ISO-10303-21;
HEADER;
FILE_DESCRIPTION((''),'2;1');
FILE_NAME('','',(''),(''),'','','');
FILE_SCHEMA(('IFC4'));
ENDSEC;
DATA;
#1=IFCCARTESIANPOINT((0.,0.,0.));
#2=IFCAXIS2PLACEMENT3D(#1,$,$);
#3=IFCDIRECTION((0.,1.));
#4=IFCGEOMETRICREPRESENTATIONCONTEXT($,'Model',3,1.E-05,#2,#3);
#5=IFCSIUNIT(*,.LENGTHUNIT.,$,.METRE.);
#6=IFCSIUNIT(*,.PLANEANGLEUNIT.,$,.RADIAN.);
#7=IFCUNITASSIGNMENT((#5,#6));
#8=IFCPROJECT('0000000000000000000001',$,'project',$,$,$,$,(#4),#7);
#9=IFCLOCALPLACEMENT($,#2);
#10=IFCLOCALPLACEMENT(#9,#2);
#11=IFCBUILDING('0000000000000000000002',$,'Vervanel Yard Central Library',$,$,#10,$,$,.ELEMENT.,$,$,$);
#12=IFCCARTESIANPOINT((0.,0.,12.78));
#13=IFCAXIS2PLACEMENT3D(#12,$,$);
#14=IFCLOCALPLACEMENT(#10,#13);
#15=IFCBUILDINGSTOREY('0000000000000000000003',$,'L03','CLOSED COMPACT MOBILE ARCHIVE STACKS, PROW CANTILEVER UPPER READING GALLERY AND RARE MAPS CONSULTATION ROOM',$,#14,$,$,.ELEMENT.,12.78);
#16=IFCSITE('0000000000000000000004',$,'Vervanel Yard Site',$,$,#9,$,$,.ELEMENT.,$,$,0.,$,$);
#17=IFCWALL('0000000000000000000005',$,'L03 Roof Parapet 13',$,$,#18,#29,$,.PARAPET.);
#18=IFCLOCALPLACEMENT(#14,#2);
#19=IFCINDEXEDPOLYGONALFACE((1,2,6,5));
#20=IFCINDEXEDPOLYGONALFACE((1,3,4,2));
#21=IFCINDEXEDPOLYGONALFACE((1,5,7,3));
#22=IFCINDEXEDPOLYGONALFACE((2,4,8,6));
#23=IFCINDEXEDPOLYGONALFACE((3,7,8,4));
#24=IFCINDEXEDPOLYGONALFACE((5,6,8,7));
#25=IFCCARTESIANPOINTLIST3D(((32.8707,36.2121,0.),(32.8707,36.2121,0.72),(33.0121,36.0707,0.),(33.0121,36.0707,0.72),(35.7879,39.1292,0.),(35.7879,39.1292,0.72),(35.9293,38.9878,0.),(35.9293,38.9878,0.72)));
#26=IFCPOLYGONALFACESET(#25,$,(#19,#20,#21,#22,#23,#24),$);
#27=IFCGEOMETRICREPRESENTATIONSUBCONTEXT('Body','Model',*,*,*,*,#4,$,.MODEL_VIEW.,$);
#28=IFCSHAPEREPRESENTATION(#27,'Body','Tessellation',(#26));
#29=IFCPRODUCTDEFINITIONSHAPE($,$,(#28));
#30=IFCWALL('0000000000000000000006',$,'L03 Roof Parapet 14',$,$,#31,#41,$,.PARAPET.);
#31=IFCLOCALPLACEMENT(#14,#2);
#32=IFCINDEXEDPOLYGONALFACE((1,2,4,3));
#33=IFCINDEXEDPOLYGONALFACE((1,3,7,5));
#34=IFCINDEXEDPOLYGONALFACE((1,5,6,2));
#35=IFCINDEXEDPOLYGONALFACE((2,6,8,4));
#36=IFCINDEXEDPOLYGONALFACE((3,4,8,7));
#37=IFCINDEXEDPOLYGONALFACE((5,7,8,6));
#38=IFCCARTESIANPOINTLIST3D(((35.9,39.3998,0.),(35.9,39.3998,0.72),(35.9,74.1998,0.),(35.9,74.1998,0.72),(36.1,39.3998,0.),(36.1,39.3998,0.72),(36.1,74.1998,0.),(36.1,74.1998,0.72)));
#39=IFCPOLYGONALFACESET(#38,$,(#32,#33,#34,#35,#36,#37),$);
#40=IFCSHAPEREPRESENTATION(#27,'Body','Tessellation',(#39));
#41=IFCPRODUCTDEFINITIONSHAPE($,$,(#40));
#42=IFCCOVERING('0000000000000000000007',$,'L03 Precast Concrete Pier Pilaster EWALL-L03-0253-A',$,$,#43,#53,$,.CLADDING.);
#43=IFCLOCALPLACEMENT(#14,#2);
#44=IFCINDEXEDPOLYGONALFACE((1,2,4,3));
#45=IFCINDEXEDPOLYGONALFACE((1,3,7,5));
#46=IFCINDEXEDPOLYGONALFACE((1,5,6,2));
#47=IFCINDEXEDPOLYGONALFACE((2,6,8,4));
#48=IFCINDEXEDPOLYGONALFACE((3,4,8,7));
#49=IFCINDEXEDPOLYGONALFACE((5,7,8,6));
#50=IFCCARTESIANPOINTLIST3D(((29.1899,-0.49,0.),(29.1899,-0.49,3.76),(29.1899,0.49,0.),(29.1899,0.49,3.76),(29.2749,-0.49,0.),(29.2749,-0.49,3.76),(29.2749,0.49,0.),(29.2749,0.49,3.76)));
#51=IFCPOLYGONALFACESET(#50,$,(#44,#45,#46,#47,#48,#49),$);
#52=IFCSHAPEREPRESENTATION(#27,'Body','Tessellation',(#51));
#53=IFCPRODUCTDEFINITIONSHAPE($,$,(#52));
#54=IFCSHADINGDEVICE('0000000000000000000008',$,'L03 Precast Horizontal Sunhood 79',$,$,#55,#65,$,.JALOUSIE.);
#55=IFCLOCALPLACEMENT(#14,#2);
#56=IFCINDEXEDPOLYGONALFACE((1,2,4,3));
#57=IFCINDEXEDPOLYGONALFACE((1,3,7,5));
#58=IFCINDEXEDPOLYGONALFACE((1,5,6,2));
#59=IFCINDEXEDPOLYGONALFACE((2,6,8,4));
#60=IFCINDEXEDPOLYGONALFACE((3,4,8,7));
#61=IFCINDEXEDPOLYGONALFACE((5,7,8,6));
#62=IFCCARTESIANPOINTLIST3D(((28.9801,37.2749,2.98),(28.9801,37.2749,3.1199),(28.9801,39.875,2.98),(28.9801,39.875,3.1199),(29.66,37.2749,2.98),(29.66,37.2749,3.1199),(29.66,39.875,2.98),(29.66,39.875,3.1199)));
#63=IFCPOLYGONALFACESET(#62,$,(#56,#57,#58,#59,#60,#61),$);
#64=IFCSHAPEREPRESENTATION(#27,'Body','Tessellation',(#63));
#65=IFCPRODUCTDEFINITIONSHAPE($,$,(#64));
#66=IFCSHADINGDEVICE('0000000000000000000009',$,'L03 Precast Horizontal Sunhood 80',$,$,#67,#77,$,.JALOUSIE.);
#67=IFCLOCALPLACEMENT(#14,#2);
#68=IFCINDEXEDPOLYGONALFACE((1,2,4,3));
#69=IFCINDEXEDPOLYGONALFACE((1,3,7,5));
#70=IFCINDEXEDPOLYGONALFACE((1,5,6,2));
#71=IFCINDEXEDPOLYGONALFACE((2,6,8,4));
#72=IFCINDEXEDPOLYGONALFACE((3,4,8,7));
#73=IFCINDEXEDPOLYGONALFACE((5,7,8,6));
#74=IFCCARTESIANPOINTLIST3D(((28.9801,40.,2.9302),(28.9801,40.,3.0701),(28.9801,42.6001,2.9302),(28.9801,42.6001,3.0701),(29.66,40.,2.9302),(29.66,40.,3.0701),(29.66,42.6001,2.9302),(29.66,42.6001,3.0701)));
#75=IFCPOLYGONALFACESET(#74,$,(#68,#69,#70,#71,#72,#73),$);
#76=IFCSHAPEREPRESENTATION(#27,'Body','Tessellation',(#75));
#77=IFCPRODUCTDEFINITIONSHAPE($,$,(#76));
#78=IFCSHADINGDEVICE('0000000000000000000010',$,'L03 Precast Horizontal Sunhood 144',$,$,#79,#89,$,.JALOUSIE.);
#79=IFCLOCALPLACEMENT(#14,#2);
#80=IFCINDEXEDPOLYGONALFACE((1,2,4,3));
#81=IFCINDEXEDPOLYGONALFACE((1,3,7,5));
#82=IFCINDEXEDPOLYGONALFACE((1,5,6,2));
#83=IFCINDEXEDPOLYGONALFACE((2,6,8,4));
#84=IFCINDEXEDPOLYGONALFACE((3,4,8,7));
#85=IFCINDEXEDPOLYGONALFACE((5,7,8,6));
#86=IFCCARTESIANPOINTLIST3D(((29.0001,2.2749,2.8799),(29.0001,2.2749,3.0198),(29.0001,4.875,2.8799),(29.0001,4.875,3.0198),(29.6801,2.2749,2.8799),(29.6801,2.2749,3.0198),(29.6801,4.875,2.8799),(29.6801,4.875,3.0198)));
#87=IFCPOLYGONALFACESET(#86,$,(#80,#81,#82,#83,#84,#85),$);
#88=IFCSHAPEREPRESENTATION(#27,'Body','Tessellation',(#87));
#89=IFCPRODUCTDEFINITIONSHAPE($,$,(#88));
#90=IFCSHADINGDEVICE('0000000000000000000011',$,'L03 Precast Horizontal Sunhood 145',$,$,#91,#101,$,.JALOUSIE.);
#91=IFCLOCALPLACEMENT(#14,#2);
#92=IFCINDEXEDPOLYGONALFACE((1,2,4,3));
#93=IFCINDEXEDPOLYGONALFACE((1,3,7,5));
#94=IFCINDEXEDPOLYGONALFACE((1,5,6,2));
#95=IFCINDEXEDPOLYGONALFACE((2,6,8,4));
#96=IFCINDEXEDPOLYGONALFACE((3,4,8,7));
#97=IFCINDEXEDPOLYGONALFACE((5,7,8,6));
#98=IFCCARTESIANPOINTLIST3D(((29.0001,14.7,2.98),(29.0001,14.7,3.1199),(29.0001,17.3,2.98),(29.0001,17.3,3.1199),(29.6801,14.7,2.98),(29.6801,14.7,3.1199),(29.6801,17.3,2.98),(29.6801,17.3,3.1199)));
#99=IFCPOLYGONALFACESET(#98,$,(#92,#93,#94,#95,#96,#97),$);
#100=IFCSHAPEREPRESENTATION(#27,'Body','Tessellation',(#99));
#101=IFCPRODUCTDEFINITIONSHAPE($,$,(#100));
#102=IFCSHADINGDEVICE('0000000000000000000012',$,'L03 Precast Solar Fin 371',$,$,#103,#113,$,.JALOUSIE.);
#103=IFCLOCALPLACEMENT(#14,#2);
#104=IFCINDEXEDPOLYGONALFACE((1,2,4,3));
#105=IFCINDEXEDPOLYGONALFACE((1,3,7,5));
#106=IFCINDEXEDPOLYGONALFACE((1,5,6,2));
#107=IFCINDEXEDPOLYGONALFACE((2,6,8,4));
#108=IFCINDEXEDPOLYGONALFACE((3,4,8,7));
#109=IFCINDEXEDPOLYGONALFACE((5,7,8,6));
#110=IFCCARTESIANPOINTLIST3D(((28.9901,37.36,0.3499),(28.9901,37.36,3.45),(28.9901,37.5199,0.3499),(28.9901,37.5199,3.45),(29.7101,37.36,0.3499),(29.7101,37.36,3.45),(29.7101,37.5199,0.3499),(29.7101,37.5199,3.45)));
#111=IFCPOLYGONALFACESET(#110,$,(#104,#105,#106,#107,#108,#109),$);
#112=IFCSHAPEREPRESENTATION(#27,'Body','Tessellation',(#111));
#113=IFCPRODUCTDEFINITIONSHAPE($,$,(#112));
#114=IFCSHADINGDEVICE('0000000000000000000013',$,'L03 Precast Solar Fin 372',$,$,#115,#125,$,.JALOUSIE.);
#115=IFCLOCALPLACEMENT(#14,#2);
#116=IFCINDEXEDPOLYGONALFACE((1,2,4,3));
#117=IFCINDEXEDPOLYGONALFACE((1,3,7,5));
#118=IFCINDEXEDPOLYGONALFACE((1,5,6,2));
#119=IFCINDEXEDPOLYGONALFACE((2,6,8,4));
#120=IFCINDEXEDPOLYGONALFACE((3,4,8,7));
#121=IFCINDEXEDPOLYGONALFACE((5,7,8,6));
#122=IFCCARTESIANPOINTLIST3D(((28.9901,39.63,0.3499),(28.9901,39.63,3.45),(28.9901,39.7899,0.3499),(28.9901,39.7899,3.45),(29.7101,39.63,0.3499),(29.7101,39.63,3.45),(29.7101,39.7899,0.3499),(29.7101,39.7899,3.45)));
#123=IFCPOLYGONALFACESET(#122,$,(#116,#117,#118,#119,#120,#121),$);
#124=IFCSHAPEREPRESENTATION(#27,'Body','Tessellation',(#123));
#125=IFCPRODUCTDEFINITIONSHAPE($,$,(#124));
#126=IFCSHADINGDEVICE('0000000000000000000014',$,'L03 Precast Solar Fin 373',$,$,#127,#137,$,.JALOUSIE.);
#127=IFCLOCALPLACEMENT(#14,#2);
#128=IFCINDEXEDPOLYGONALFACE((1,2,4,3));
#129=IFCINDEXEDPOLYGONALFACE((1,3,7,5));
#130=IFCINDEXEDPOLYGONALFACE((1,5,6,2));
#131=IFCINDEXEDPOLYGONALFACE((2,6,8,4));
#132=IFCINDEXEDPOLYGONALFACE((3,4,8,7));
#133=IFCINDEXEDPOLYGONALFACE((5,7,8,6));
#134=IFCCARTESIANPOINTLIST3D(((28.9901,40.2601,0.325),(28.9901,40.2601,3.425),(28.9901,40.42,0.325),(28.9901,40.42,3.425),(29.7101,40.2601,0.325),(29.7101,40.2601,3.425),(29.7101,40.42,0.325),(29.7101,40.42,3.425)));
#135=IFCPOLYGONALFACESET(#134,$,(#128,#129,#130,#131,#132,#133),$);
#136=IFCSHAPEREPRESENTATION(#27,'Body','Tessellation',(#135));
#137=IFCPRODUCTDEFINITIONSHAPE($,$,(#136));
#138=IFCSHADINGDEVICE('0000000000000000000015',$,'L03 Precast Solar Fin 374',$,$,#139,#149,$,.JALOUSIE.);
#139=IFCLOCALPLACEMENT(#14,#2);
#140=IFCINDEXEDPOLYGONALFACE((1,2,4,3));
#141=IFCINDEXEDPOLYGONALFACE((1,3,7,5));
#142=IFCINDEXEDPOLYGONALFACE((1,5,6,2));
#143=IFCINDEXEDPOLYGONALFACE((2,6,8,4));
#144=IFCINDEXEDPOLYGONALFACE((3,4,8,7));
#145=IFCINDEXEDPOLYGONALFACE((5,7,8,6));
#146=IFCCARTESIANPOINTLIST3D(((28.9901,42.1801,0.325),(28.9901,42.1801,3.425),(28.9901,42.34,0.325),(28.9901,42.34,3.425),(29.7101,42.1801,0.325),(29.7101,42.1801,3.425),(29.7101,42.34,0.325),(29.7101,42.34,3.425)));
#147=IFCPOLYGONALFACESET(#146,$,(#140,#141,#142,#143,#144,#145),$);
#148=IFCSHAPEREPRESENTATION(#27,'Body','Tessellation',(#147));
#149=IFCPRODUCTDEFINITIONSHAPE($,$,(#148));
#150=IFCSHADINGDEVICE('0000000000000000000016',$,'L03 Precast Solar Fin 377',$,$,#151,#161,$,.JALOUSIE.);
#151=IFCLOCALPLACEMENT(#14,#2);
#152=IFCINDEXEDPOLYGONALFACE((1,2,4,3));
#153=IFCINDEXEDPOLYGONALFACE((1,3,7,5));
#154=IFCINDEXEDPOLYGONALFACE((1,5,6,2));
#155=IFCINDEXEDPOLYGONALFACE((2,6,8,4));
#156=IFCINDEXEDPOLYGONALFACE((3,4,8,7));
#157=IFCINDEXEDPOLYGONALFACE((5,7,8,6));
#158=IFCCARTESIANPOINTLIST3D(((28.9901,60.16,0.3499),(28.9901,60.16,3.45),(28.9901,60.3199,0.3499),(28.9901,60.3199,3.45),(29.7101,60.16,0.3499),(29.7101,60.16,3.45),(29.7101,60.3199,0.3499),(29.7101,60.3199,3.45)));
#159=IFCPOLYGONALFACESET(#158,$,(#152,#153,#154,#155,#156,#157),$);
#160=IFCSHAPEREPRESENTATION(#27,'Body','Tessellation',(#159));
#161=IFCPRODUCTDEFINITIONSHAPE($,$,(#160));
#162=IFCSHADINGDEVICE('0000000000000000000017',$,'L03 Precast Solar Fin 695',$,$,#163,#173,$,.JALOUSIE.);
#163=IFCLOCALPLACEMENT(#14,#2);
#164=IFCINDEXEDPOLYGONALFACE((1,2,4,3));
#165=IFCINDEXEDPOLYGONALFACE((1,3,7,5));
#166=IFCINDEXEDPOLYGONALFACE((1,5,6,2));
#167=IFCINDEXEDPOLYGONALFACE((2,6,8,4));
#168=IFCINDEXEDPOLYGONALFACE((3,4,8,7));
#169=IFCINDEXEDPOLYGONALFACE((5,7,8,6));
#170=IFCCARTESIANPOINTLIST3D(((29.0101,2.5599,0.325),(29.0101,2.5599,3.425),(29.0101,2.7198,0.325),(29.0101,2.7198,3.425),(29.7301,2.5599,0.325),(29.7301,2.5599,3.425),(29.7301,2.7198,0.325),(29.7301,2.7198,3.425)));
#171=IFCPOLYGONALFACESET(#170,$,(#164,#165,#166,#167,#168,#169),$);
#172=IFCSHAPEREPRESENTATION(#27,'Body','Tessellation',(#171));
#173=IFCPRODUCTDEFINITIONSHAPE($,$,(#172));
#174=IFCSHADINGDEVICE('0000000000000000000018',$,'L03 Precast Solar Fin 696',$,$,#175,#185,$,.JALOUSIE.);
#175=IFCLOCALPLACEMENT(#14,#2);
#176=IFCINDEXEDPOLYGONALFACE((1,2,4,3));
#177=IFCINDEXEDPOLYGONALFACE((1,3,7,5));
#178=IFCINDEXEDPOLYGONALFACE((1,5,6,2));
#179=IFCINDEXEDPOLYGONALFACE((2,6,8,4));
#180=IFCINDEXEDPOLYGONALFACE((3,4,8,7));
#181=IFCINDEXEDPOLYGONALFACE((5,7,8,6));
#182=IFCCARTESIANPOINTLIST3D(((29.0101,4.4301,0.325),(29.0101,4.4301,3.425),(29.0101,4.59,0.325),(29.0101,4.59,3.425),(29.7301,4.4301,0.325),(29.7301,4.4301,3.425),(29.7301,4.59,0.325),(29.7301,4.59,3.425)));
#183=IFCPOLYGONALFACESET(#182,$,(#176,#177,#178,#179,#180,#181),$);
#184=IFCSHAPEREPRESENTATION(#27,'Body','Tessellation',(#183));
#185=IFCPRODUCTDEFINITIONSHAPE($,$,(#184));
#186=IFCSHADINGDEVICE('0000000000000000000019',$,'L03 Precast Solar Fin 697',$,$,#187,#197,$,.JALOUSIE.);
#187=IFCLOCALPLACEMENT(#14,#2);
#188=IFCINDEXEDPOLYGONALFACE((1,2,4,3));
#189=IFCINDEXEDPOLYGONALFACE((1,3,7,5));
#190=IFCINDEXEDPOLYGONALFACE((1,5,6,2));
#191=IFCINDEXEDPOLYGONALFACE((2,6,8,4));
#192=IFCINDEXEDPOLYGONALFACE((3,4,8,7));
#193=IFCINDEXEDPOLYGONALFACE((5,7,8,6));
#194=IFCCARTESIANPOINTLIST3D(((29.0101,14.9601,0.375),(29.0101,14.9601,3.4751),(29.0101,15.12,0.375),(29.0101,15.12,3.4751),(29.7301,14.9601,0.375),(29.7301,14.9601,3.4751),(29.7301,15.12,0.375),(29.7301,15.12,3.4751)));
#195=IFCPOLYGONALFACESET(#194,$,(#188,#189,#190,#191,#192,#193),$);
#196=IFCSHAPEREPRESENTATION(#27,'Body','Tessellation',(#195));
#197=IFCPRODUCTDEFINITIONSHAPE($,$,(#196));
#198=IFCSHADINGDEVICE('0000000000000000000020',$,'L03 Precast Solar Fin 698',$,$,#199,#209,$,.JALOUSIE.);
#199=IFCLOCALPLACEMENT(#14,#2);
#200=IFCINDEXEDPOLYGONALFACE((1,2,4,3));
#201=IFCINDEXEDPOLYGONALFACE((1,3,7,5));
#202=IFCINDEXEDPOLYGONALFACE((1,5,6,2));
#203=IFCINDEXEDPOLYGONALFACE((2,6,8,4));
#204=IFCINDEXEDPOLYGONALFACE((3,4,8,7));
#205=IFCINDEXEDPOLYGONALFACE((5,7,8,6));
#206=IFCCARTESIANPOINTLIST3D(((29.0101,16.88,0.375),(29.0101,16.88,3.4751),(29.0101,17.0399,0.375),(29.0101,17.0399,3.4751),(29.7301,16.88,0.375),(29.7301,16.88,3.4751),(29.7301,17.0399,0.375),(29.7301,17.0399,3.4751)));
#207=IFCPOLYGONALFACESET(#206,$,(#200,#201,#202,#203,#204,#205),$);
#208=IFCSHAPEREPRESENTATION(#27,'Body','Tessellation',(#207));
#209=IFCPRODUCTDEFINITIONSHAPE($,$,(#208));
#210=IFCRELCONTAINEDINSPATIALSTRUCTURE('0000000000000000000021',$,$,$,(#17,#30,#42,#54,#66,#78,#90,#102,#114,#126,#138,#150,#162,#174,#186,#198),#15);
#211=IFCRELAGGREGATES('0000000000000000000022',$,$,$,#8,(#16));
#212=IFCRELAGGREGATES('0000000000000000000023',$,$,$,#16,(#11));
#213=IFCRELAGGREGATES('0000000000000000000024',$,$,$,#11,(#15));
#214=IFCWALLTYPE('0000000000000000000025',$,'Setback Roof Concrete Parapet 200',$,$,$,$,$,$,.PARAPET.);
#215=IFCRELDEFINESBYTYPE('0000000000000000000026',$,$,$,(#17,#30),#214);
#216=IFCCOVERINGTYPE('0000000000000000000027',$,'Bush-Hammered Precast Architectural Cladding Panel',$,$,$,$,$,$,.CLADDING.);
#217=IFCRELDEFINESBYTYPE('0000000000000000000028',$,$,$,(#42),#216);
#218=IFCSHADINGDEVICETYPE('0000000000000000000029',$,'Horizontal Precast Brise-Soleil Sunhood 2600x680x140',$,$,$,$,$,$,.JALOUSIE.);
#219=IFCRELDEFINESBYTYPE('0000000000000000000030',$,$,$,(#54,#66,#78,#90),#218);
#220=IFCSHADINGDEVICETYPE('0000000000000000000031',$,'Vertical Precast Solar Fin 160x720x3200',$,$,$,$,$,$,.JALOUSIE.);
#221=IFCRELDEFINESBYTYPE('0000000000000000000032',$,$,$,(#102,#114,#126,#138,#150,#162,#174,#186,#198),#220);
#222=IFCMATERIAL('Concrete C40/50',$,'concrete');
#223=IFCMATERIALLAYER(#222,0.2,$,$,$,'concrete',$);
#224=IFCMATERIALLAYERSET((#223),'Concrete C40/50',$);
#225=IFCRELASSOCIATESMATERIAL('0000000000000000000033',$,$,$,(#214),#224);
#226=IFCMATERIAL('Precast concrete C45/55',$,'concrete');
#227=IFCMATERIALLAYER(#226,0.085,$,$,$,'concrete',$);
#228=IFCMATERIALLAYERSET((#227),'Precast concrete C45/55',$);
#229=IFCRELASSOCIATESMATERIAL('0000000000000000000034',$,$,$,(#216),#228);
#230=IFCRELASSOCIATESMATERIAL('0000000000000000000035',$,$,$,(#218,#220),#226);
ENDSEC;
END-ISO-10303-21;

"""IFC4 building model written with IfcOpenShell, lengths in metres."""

from ifc_helpers import new_model, si_unit, direction, frame, frame_2d, origin, origin_2d, place, context, subcontext, project, spatial, rectangle, extrude, material, layer, layer_set, type_object, element, save


model = new_model("IFC4")

# Units and contexts
model_context = context("Model", 3, precision=1e-05, world=origin(), true_north=direction((0.0, 1.0)))
body_context = subcontext(model_context, "Body", "Model", "MODEL_VIEW")
ifc_project = project(units=[si_unit("LENGTHUNIT", "METRE"), si_unit("PLANEANGLEUNIT", "RADIAN")], contexts=[model_context])

# Site, building, storey
site_placement = place(None, origin())
site = spatial("IfcSite", under=ifc_project, at=site_placement, Name="Vervanel Yard Site", CompositionType="ELEMENT", RefElevation=0.0)
building_placement = place(site_placement, origin())
building = spatial("IfcBuilding", under=site, at=building_placement, Name="Vervanel Yard Central Library", CompositionType="ELEMENT")
storey_placement = place(building_placement, frame((0.0, 0.0, 12.78)))
storey = spatial("IfcBuildingStorey", under=building, at=storey_placement, Name="L03", Description="CLOSED COMPACT MOBILE ARCHIVE STACKS, PROW CANTILEVER UPPER READING GALLERY AND RARE MAPS CONSULTATION ROOM", CompositionType="ELEMENT", Elevation=12.78)

# Shared definitions
ifc_material_1 = material(Name="Concrete C40/50", Category="concrete")

# Walls
ifc_layer_1 = layer(ifc_material_1, 0.2, Category="concrete")
ifc_layer_set_1 = layer_set([ifc_layer_1], Name="Concrete C40/50")
wall_type = type_object("IfcWallType", Name="Setback Roof Concrete Parapet 200", PredefinedType="PARAPET", material=ifc_layer_set_1)
wall_1_placement = place(storey_placement, frame((32.9414, 36.1414, 0.0), z_axis=(0.0, 0.0, 1.0), x_axis=(0.707107, 0.707107, 0.0)))
element("IfcWall", 1, at=wall_1_placement, inside=storey, type_object=wall_type, Name="L03 Roof Parapet 13", PredefinedType="PARAPET", context=body_context, shape_type="SweptSolid", body=[
    extrude(rectangle(XDim=4.1255, YDim=0.2, at=frame_2d((2.0627, 0.0))), origin(), (0.0, 0.0, 1.0), 0.72),
])
wall_2_placement = place(storey_placement, frame((36.0, 39.3999, 0.0), z_axis=(0.0, 0.0, 1.0), x_axis=(0.0, 1.0, 0.0)))
element("IfcWall", 2, at=wall_2_placement, inside=storey, type_object=wall_type, Name="L03 Roof Parapet 14", PredefinedType="PARAPET", context=body_context, shape_type="SweptSolid", body=[
    extrude(rectangle(XDim=34.8, YDim=0.2, at=frame_2d((17.3999, 0.0))), origin(), (0.0, 0.0, 1.0), 0.72),
])

# Covering
ifc_material_2 = material(Name="Precast concrete C45/55", Category="concrete")
ifc_layer_2 = layer(ifc_material_2, 0.085, Category="concrete")
ifc_layer_set_2 = layer_set([ifc_layer_2], Name="Precast concrete C45/55")
covering_type = type_object("IfcCoveringType", Name="Bush-Hammered Precast Architectural Cladding Panel", PredefinedType="CLADDING", material=ifc_layer_set_2)
covering_placement = place(storey_placement, frame((29.2324, 0.0, 0.0), z_axis=(0.0, 0.0, 1.0), x_axis=(0.0, 1.0, 0.0)))
element("IfcCovering", 3, at=covering_placement, inside=storey, type_object=covering_type, Name="L03 Precast Concrete Pier Pilaster EWALL-L03-0253-A", PredefinedType="CLADDING", context=body_context, shape_type="SweptSolid", body=[
    extrude(rectangle(XDim=0.98, YDim=0.085, at=origin_2d()), origin(), (0.0, 0.0, 1.0), 3.76),
])

# Shading devices
shading_device_type_1 = type_object("IfcShadingDeviceType", Name="Horizontal Precast Brise-Soleil Sunhood 2600x680x140", PredefinedType="JALOUSIE", material=ifc_material_2)
for number, where, z_axis, x_axis, name in (
    (4, (29.3201, 38.575, 2.98), (0.0, 0.0, 1.0), (0.0, 1.0, 0.0), "L03 Precast Horizontal Sunhood 79"),
    (5, (29.3201, 41.3, 2.9302), (0.0, 0.0, 1.0), (0.0, 1.0, 0.0), "L03 Precast Horizontal Sunhood 80"),
    (6, (29.3401, 3.575, 2.8799), (0.0, 0.0, 1.0), (0.0, 1.0, 0.0), "L03 Precast Horizontal Sunhood 144"),
    (7, (29.3401, 16.0, 2.98), (0.0, 0.0, 1.0), (0.0, 1.0, 0.0), "L03 Precast Horizontal Sunhood 145"),
):
    element("IfcShadingDevice", number, at=place(storey_placement, frame(where, z_axis=z_axis, x_axis=x_axis)), inside=storey, type_object=shading_device_type_1, Name=name, PredefinedType="JALOUSIE", context=body_context, shape_type="SweptSolid", body=[
        extrude(rectangle(XDim=2.6001, YDim=0.6799, at=origin_2d()), origin(), (0.0, 0.0, 1.0), 0.1399),
    ])
shading_device_type_2 = type_object("IfcShadingDeviceType", Name="Vertical Precast Solar Fin 160x720x3200", PredefinedType="JALOUSIE", material=ifc_material_2)
for number, where, z_axis, x_axis, name in (
    (8, (29.3501, 37.4399, 0.3499), (0.0, 0.0, 1.0), (0.0, 1.0, 0.0), "L03 Precast Solar Fin 371"),
    (9, (29.3501, 39.71, 0.3499), (0.0, 0.0, 1.0), (0.0, 1.0, 0.0), "L03 Precast Solar Fin 372"),
    (10, (29.3501, 40.3401, 0.325), (0.0, 0.0, 1.0), (0.0, 1.0, 0.0), "L03 Precast Solar Fin 373"),
    (11, (29.3501, 42.26, 0.325), (0.0, 0.0, 1.0), (0.0, 1.0, 0.0), "L03 Precast Solar Fin 374"),
    (12, (29.3501, 60.24, 0.3499), (0.0, 0.0, 1.0), (0.0, 1.0, 0.0), "L03 Precast Solar Fin 377"),
    (13, (29.3701, 2.6399, 0.325), (0.0, 0.0, 1.0), (0.0, 1.0, 0.0), "L03 Precast Solar Fin 695"),
    (14, (29.3701, 4.51, 0.325), (0.0, 0.0, 1.0), (0.0, 1.0, 0.0), "L03 Precast Solar Fin 696"),
    (15, (29.3701, 15.04, 0.375), (0.0, 0.0, 1.0), (0.0, 1.0, 0.0), "L03 Precast Solar Fin 697"),
    (16, (29.3701, 16.96, 0.375), (0.0, 0.0, 1.0), (0.0, 1.0, 0.0), "L03 Precast Solar Fin 698"),
):
    element("IfcShadingDevice", number, at=place(storey_placement, frame(where, z_axis=z_axis, x_axis=x_axis)), inside=storey, type_object=shading_device_type_2, Name=name, PredefinedType="JALOUSIE", context=body_context, shape_type="SweptSolid", body=[
        extrude(rectangle(XDim=0.1599, YDim=0.72, at=origin_2d()), origin(), (0.0, 0.0, 1.0), 3.1001),
    ])

save(model, "model.ifc")
